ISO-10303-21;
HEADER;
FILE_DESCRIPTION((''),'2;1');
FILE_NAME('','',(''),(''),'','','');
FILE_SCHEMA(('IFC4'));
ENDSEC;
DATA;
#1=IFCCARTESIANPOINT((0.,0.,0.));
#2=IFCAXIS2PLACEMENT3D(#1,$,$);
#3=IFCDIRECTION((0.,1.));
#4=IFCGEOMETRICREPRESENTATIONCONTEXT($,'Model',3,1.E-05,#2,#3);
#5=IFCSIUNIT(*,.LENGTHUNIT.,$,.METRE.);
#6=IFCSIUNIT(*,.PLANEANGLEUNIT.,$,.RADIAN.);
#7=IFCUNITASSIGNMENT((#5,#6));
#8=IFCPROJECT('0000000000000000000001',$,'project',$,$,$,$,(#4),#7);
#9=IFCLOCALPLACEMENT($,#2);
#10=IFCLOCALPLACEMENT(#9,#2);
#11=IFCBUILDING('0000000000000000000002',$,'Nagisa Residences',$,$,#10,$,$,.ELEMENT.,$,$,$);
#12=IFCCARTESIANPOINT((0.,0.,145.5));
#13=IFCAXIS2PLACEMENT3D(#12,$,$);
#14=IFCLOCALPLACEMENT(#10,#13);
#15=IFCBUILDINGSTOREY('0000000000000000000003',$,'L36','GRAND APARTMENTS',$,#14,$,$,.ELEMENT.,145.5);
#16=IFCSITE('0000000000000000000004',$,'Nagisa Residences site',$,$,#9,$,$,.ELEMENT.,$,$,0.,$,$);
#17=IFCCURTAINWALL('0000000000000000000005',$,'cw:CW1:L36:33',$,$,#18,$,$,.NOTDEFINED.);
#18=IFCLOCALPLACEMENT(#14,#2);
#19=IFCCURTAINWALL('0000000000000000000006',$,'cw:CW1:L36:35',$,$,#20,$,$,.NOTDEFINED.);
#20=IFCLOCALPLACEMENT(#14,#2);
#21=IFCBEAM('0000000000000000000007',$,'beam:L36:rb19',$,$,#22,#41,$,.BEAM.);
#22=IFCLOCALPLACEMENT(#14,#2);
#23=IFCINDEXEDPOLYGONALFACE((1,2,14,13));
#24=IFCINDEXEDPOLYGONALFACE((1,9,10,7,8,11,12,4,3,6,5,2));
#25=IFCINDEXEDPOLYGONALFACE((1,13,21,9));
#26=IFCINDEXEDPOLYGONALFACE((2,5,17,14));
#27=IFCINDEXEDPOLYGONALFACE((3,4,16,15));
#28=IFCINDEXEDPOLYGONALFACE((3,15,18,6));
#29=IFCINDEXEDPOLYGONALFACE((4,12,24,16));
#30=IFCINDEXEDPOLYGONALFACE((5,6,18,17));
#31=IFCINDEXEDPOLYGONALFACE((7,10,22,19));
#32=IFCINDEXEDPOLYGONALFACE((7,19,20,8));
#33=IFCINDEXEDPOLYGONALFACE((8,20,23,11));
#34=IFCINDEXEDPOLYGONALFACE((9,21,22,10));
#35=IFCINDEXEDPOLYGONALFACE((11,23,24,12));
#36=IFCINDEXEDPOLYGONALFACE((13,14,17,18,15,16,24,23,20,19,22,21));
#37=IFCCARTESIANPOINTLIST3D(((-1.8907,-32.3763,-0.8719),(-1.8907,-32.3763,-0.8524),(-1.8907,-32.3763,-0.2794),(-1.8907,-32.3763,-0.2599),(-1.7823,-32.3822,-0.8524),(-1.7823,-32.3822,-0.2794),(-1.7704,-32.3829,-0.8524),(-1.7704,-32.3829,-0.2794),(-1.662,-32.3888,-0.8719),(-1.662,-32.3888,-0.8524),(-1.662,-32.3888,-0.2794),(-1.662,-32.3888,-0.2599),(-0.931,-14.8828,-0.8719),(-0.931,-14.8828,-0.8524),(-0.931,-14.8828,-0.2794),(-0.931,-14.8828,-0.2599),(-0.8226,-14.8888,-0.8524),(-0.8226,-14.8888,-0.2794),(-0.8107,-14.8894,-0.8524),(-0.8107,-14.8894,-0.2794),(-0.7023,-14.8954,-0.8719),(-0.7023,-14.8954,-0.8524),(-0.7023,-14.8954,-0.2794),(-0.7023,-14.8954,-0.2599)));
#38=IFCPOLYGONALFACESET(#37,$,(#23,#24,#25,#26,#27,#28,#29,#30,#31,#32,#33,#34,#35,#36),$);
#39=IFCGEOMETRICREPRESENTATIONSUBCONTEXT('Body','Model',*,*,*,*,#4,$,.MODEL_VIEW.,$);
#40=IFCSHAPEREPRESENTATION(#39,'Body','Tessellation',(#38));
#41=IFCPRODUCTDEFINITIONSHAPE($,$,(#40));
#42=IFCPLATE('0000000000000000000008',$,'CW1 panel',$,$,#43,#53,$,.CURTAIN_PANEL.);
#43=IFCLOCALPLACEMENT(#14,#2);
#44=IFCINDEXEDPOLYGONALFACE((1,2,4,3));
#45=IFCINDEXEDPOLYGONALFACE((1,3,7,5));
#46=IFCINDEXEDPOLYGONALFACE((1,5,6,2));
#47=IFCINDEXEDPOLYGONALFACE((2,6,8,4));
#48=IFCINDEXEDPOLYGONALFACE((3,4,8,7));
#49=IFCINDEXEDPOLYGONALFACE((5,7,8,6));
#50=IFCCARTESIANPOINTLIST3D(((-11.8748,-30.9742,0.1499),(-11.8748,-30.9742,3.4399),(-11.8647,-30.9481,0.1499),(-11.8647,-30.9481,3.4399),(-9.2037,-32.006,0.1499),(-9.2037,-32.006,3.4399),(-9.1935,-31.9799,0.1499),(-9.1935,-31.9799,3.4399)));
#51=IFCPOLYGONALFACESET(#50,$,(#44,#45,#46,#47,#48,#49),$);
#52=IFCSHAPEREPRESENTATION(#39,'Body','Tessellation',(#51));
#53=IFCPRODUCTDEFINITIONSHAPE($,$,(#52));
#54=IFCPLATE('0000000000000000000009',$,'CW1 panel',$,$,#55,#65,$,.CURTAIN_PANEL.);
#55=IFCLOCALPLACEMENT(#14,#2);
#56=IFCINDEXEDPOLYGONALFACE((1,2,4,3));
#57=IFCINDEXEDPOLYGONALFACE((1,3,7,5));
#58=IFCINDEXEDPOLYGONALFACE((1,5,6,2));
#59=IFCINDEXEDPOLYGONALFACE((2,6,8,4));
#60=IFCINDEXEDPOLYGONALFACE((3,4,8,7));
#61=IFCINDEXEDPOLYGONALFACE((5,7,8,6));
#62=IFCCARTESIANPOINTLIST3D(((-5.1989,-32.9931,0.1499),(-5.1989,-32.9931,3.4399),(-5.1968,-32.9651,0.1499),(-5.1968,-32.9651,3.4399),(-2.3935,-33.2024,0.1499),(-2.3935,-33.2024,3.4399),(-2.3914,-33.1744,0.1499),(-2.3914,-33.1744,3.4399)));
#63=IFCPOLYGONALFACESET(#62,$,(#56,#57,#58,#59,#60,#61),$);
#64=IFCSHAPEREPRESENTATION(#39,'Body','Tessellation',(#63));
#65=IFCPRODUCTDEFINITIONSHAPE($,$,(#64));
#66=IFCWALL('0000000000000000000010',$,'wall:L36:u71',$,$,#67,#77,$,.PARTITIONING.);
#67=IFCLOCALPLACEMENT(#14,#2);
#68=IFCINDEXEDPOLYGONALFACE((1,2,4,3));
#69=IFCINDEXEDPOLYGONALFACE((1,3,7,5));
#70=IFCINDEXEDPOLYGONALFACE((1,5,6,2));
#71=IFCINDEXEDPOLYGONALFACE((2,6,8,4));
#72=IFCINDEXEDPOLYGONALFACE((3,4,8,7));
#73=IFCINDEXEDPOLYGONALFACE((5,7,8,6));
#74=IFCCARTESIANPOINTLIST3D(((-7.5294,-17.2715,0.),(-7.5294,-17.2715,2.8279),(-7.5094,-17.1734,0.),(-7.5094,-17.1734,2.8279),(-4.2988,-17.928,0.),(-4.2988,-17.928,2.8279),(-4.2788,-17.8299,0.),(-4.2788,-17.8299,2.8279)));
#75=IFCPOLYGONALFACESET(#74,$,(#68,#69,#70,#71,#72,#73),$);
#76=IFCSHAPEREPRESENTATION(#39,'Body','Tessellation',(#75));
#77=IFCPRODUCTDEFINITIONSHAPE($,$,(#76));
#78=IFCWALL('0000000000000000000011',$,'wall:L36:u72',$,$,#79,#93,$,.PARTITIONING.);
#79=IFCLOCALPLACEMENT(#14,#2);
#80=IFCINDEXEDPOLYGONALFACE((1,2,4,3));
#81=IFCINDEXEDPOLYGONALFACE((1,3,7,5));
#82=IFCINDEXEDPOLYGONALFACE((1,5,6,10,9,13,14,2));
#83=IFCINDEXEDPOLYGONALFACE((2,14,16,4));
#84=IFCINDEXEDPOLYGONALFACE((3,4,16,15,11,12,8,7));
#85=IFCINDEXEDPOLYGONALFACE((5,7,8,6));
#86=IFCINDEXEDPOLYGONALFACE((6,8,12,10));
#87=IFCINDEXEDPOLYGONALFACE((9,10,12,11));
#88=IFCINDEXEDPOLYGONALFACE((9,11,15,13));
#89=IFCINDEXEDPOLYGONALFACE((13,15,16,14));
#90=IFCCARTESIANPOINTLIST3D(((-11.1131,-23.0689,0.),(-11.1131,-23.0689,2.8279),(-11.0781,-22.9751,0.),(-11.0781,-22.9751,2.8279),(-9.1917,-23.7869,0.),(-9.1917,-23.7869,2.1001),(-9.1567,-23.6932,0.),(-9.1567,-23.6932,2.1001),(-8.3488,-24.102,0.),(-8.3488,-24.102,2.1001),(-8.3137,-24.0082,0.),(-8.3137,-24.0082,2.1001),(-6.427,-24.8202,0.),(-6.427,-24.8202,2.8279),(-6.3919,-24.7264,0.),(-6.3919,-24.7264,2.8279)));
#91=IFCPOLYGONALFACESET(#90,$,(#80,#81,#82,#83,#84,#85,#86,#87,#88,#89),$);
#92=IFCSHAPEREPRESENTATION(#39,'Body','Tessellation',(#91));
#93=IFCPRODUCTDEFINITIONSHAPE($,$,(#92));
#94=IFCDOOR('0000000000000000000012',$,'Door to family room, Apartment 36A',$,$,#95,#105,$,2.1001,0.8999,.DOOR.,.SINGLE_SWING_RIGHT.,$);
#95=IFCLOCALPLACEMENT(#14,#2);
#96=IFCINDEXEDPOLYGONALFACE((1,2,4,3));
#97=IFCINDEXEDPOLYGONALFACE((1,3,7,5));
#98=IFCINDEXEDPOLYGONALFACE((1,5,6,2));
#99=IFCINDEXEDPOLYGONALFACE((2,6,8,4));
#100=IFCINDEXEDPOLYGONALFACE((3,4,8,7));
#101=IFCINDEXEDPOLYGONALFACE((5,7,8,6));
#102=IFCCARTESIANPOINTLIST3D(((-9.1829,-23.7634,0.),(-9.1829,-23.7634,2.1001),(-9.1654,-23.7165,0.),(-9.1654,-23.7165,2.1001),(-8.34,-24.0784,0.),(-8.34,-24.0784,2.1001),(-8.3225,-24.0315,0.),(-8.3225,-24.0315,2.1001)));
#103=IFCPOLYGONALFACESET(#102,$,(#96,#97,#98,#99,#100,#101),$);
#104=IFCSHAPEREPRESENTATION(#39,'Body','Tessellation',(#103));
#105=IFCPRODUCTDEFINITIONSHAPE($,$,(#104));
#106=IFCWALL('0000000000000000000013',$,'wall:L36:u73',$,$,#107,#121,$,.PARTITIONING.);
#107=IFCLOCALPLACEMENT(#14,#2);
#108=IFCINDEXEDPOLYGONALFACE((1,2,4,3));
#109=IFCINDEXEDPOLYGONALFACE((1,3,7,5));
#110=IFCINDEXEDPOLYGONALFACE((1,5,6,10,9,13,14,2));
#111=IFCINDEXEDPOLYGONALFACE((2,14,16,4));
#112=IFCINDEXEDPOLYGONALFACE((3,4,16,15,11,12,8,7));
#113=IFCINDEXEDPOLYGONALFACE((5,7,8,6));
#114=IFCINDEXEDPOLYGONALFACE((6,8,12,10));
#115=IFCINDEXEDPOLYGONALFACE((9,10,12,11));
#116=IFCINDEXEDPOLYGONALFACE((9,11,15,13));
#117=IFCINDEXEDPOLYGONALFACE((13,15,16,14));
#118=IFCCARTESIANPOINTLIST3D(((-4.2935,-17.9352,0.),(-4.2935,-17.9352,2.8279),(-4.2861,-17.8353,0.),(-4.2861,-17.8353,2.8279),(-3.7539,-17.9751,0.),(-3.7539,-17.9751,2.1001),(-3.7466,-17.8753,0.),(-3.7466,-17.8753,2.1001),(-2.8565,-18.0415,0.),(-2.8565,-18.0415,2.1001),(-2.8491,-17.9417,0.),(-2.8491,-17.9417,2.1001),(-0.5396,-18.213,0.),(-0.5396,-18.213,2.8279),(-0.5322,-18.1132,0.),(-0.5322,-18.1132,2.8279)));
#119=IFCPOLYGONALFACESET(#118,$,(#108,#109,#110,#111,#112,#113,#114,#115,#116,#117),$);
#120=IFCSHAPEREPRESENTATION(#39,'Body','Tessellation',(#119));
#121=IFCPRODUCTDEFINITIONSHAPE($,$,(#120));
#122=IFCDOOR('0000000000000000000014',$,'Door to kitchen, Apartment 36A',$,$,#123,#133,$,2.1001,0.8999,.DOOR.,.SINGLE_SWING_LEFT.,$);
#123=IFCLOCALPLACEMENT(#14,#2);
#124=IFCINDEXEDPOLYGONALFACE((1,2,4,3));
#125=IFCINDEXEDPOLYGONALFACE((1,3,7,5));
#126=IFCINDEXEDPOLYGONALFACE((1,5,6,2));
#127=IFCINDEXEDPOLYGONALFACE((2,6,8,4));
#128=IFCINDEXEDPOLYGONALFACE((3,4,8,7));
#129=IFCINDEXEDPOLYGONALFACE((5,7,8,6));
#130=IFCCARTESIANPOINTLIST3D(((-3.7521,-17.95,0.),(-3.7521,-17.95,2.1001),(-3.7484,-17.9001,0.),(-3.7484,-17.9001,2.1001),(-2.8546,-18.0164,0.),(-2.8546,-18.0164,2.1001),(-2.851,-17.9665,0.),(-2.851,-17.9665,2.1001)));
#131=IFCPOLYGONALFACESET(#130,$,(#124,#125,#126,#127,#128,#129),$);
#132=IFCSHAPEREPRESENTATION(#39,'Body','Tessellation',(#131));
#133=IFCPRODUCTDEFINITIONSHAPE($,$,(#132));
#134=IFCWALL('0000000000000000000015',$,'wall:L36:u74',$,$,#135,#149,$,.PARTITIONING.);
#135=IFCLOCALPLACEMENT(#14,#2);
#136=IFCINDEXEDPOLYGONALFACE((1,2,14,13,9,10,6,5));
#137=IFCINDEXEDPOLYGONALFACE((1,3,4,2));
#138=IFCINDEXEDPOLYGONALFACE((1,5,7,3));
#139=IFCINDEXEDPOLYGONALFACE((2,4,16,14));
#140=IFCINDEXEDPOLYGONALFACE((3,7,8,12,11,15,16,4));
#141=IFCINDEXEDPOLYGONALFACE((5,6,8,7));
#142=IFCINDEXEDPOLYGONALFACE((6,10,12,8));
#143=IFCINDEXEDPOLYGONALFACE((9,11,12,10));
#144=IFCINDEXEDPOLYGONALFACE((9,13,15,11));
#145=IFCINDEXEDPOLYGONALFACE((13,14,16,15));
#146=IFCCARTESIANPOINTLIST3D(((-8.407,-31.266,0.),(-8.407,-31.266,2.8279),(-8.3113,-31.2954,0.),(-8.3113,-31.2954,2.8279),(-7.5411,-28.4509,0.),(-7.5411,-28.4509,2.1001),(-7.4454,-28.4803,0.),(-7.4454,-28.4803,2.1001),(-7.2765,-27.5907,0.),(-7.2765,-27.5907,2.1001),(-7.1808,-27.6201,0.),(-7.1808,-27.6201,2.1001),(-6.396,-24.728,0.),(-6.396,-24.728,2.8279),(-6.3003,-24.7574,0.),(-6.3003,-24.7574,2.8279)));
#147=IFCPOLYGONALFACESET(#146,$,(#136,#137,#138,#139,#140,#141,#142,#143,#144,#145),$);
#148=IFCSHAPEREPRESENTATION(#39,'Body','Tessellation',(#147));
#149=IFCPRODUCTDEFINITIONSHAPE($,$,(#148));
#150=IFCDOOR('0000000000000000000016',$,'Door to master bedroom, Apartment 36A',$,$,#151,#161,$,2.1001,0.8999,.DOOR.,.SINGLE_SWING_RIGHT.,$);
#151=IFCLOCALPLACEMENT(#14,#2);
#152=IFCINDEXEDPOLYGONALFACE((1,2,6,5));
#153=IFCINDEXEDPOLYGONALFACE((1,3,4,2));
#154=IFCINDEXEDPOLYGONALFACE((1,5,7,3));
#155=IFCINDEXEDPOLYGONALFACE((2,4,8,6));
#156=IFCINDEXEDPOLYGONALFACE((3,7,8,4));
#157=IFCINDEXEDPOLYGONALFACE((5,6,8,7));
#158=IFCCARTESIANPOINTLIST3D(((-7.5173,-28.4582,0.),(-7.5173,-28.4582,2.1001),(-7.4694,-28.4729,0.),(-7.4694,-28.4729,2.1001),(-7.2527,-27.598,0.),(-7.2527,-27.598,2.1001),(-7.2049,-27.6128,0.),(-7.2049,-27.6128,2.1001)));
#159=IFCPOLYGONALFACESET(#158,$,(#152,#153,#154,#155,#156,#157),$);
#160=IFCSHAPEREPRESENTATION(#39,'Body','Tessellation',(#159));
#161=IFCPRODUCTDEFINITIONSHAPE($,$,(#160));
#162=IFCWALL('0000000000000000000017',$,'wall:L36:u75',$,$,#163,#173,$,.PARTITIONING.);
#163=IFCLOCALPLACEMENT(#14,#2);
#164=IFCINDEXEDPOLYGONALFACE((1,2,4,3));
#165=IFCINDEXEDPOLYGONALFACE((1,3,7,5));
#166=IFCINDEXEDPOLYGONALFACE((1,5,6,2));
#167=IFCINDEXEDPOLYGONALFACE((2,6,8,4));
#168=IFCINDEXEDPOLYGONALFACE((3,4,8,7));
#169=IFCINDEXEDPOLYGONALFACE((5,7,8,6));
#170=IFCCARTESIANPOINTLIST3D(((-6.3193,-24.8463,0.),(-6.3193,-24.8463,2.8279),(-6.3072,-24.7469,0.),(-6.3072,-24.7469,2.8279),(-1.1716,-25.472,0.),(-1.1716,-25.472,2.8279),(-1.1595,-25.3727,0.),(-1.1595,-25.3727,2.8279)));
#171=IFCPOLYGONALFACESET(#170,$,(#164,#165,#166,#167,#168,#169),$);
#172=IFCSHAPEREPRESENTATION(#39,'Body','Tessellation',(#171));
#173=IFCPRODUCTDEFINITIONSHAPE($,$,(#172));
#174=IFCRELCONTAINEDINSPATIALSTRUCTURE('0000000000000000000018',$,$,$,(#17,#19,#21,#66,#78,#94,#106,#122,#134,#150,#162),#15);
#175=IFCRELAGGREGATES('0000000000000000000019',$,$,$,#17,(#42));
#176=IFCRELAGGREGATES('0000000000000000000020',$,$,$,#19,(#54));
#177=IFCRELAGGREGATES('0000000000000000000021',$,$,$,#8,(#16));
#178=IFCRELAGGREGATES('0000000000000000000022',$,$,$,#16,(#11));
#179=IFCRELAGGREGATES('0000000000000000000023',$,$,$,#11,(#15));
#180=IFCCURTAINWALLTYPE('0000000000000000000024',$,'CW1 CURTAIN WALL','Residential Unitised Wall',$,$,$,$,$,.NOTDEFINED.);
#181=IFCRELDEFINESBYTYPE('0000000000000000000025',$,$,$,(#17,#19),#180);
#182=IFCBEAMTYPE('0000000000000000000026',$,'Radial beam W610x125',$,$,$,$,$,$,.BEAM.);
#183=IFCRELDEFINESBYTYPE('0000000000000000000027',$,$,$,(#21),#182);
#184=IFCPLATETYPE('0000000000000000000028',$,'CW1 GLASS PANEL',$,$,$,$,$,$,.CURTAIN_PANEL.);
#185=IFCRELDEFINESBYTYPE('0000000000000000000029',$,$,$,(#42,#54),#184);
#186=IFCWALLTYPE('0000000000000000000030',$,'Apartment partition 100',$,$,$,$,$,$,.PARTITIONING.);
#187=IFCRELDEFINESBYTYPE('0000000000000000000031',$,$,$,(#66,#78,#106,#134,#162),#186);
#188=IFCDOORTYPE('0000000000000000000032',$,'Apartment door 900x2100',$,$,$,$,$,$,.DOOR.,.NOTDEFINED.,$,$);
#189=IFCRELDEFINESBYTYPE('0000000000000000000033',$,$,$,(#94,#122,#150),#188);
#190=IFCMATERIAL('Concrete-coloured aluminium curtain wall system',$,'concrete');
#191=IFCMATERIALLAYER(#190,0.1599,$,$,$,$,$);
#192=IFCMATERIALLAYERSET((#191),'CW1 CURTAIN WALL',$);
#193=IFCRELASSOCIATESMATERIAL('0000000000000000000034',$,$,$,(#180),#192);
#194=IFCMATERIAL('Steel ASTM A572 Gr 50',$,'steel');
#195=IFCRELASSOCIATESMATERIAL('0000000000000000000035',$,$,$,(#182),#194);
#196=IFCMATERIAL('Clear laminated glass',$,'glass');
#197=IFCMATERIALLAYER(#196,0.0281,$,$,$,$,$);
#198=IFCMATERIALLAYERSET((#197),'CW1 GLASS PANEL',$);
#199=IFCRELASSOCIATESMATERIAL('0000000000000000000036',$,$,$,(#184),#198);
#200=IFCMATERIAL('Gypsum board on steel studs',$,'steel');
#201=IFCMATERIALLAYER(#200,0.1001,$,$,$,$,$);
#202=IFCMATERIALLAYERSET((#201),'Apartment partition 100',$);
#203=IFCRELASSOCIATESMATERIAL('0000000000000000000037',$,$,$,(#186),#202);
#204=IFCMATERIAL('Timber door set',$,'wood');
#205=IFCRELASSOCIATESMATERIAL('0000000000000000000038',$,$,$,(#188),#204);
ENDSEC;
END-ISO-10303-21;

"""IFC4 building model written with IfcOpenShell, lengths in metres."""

from ifc_helpers import new_model, si_unit, direction, frame, frame_2d, origin, origin_2d, place, context, subcontext, project, spatial, rectangle, i_section, extrude, material, layer, layer_set, material_profile, profile_set, type_object, element, fill, aggregate, save


model = new_model("IFC4")

# Units and contexts
model_context = context("Model", 3, precision=1e-05, world=origin(), true_north=direction((0.0, 1.0)))
body_context = subcontext(model_context, "Body", "Model", "MODEL_VIEW")
ifc_project = project(units=[si_unit("LENGTHUNIT", "METRE"), si_unit("PLANEANGLEUNIT", "RADIAN")], contexts=[model_context])

# Site, building, storey
site_placement = place(None, origin())
site = spatial("IfcSite", under=ifc_project, at=site_placement, Name="Nagisa Residences site", CompositionType="ELEMENT", RefElevation=0.0)
building_placement = place(site_placement, origin())
building = spatial("IfcBuilding", under=site, at=building_placement, Name="Nagisa Residences", CompositionType="ELEMENT")
storey_placement = place(building_placement, frame((0.0, 0.0, 145.5)))
storey = spatial("IfcBuildingStorey", under=building, at=storey_placement, Name="L36", Description="GRAND APARTMENTS", CompositionType="ELEMENT", Elevation=145.5)

# Curtain walls
ifc_material_1 = material(Name="Concrete-coloured aluminium curtain wall system", Category="concrete")
ifc_layer_1 = layer(ifc_material_1, 0.1599)
ifc_layer_set_1 = layer_set([ifc_layer_1], Name="CW1 CURTAIN WALL")
curtain_wall_type = type_object("IfcCurtainWallType", Name="CW1 CURTAIN WALL", Description="Residential Unitised Wall", PredefinedType="NOTDEFINED", material=ifc_layer_set_1)
curtain_wall_1_placement = place(storey_placement, origin())
curtain_wall_1 = element("IfcCurtainWall", 1, at=curtain_wall_1_placement, inside=storey, type_object=curtain_wall_type, Name="cw:CW1:L36:33", PredefinedType="NOTDEFINED")
curtain_wall_2_placement = place(storey_placement, origin())
curtain_wall_2 = element("IfcCurtainWall", 2, at=curtain_wall_2_placement, inside=storey, type_object=curtain_wall_type, Name="cw:CW1:L36:35", PredefinedType="NOTDEFINED")

# Beam
ifc_material_2 = material(Name="Steel ASTM A572 Gr 50", Category="steel")
ifc_material_profile_1 = material_profile(ifc_material_2, i_section(OverallWidth=0.229, OverallDepth=0.6121, WebThickness=0.012, FlangeThickness=0.0195, at=origin_2d()), Name="W610x125")
ifc_profile_set_1 = profile_set([ifc_material_profile_1], Name="Steel ASTM A572 Gr 50")
beam_type_1 = type_object("IfcBeamType", Name="Radial beam W610x125", PredefinedType="BEAM", material=ifc_profile_set_1)
beam_1_placement = place(storey_placement, frame((-1.7764, -32.3826, -0.5659), z_axis=(0.054779, 0.998498, 0.0), x_axis=(-0.998498, 0.054779, 0.0)))
element("IfcBeam", 3, at=beam_1_placement, inside=storey, type_object=beam_type_1, Name="beam:L36:rb19", PredefinedType="BEAM", context=body_context, shape_type="SweptSolid", body=[
    extrude(i_section(OverallWidth=0.229, OverallDepth=0.6121, WebThickness=0.012, FlangeThickness=0.0195, at=origin_2d()), origin(), (0.0, 0.0, 1.0), 17.5198),
])

# Plates
ifc_material_3 = material(Name="Clear laminated glass", Category="glass")
ifc_layer_2 = layer(ifc_material_3, 0.0281)
ifc_layer_set_2 = layer_set([ifc_layer_2], Name="CW1 GLASS PANEL")
plate_type = type_object("IfcPlateType", Name="CW1 GLASS PANEL", PredefinedType="CURTAIN_PANEL", material=ifc_layer_set_2)
plate_1_placement = place(storey_placement, frame((-10.5342, -31.4771, 0.1499), z_axis=(0.0, 0.0, 1.0), x_axis=(0.932826, -0.360328, 0.0)))
plate_1 = element("IfcPlate", 4, at=plate_1_placement, type_object=plate_type, Name="CW1 panel", PredefinedType="CURTAIN_PANEL", context=body_context, shape_type="SweptSolid", body=[
    extrude(rectangle(XDim=2.8635, YDim=0.0281, at=origin_2d()), origin(), (0.0, 0.0, 1.0), 3.29),
])
aggregate(curtain_wall_1, [plate_1])
plate_2_placement = place(storey_placement, frame((-3.7952, -33.0837, 0.1499), z_axis=(0.0, 0.0, 1.0), x_axis=(0.99723, -0.074377, 0.0)))
plate_2 = element("IfcPlate", 5, at=plate_2_placement, type_object=plate_type, Name="CW1 panel", PredefinedType="CURTAIN_PANEL", context=body_context, shape_type="SweptSolid", body=[
    extrude(rectangle(XDim=2.8132, YDim=0.0281, at=origin_2d()), origin(), (0.0, 0.0, 1.0), 3.29),
])
aggregate(curtain_wall_2, [plate_2])

# Wall
ifc_material_4 = material(Name="Gypsum board on steel studs", Category="steel")
ifc_layer_3 = layer(ifc_material_4, 0.1001)
ifc_layer_set_3 = layer_set([ifc_layer_3], Name="Apartment partition 100")
wall_type_1 = type_object("IfcWallType", Name="Apartment partition 100", PredefinedType="PARTITIONING", material=ifc_layer_set_3)
wall_1_placement = place(storey_placement, frame((-7.5195, -17.2224, 0.0), z_axis=(0.0, 0.0, 1.0), x_axis=(0.979972, -0.199134, 0.0)))
element("IfcWall", 6, at=wall_1_placement, inside=storey, type_object=wall_type_1, Name="wall:L36:u71", PredefinedType="PARTITIONING", context=body_context, shape_type="SweptSolid", body=[
    extrude(rectangle(XDim=3.2966, YDim=0.1001, at=frame_2d((1.6484, 0.0))), origin(), (0.0, 0.0, 1.0), 2.8279),
])

# Walls, openings, doors
wall_2_placement = place(storey_placement, frame((-11.0957, -23.022, 0.0), z_axis=(0.0, 0.0, 1.0), x_axis=(0.936726, -0.350064, 0.0)))
wall_2 = element("IfcWall", 7, at=wall_2_placement, inside=storey, type_object=wall_type_1, Name="wall:L36:u72", PredefinedType="PARTITIONING", context=body_context, shape_type="SweptSolid", body=[
    extrude(rectangle(XDim=5.0027, YDim=0.1001, at=frame_2d((2.5015, 0.0))), origin(), (0.0, 0.0, 1.0), 2.8279),
])
opening_1_placement = place(wall_2_placement, frame((2.0513, 0.0, 0.0)))
opening_1 = element("IfcOpeningElement", 8, at=opening_1_placement, cuts=wall_2, PredefinedType="OPENING", context=body_context, shape_type="SweptSolid", body=[
    extrude(rectangle(XDim=0.8999, YDim=2.1001, at=frame_2d((0.45, 1.05))), frame((0.0, 0.0601, 0.0), z_axis=(0.0, -1.0, 0.0), x_axis=(1.0, 0.0, 0.0)), (0.0, 0.0, 1.0), 0.1201),
])
ifc_material_5 = material(Name="Timber door set", Category="wood")
door_type_1 = type_object("IfcDoorType", Name="Apartment door 900x2100", OperationType="NOTDEFINED", PredefinedType="DOOR", material=ifc_material_5)
door_1_placement = place(opening_1_placement, frame((0.8999, 0.0, 0.0), x_axis=(-1.0, 0.0, 0.0)))
door_1 = element("IfcDoor", 9, at=door_1_placement, inside=storey, type_object=door_type_1, Name="Door to family room, Apartment 36A", OperationType="SINGLE_SWING_RIGHT", OverallHeight=2.1001, OverallWidth=0.8999, PredefinedType="DOOR", context=body_context, shape_type="SweptSolid", body=[
    extrude(rectangle(XDim=0.8999, YDim=2.1001, at=frame_2d((0.45, 1.05))), frame((0.0, 0.0249, 0.0), z_axis=(0.0, -1.0, 0.0), x_axis=(1.0, 0.0, 0.0)), (0.0, 0.0, 1.0), 0.05),
])
fill(opening_1, door_1)
wall_3_placement = place(storey_placement, frame((-4.2898, -17.8853, 0.0), z_axis=(0.0, 0.0, 1.0), x_axis=(0.997272, -0.07381, 0.0)))
wall_3 = element("IfcWall", 10, at=wall_3_placement, inside=storey, type_object=wall_type_1, Name="wall:L36:u73", PredefinedType="PARTITIONING", context=body_context, shape_type="SweptSolid", body=[
    extrude(rectangle(XDim=3.7642, YDim=0.1001, at=frame_2d((1.8821, 0.0))), origin(), (0.0, 0.0, 1.0), 2.8279),
])
opening_2_placement = place(wall_3_placement, frame((0.541, 0.0, 0.0)))
opening_2 = element("IfcOpeningElement", 11, at=opening_2_placement, cuts=wall_3, PredefinedType="OPENING", context=body_context, shape_type="SweptSolid", body=[
    extrude(rectangle(XDim=0.8999, YDim=2.1001, at=frame_2d((0.45, 1.05))), frame((0.0, 0.0601, 0.0), z_axis=(0.0, -1.0, 0.0), x_axis=(1.0, 0.0, 0.0)), (0.0, 0.0, 1.0), 0.1201),
])
door_2_placement = place(opening_2_placement, frame((0.8999, 0.0, 0.0), x_axis=(-1.0, 0.0, 0.0)))
door_2 = element("IfcDoor", 12, at=door_2_placement, inside=storey, type_object=door_type_1, Name="Door to kitchen, Apartment 36A", OperationType="SINGLE_SWING_LEFT", OverallHeight=2.1001, OverallWidth=0.8999, PredefinedType="DOOR", context=body_context, shape_type="SweptSolid", body=[
    extrude(rectangle(XDim=0.8999, YDim=2.1001, at=frame_2d((0.45, 1.05))), frame((0.0, 0.0249, 0.0), z_axis=(0.0, -1.0, 0.0), x_axis=(1.0, 0.0, 0.0)), (0.0, 0.0, 1.0), 0.05),
])
fill(opening_2, door_2)
wall_4_placement = place(storey_placement, frame((-6.3481, -24.7427, 0.0), z_axis=(0.0, 0.0, 1.0), x_axis=(-0.293988, -0.955809, 0.0)))
wall_4 = element("IfcWall", 13, at=wall_4_placement, inside=storey, type_object=wall_type_1, Name="wall:L36:u74", PredefinedType="PARTITIONING", context=body_context, shape_type="SweptSolid", body=[
    extrude(rectangle(XDim=6.8403, YDim=0.1001, at=frame_2d((3.4202, 0.0))), origin(), (0.0, 0.0, 1.0), 2.8279),
])
opening_3_placement = place(wall_4_placement, frame((2.9951, 0.0, 0.0)))
opening_3 = element("IfcOpeningElement", 14, at=opening_3_placement, cuts=wall_4, PredefinedType="OPENING", context=body_context, shape_type="SweptSolid", body=[
    extrude(rectangle(XDim=0.8999, YDim=2.1001, at=frame_2d((0.45, 1.05))), frame((0.0, 0.0601, 0.0), z_axis=(0.0, -1.0, 0.0), x_axis=(1.0, 0.0, 0.0)), (0.0, 0.0, 1.0), 0.1201),
])
door_3_placement = place(opening_3_placement, origin())
door_3 = element("IfcDoor", 15, at=door_3_placement, inside=storey, type_object=door_type_1, Name="Door to master bedroom, Apartment 36A", OperationType="SINGLE_SWING_RIGHT", OverallHeight=2.1001, OverallWidth=0.8999, PredefinedType="DOOR", context=body_context, shape_type="SweptSolid", body=[
    extrude(rectangle(XDim=0.8999, YDim=2.1001, at=frame_2d((0.45, 1.05))), frame((0.0, 0.0249, 0.0), z_axis=(0.0, -1.0, 0.0), x_axis=(1.0, 0.0, 0.0)), (0.0, 0.0, 1.0), 0.05),
])
fill(opening_3, door_3)

# Wall
wall_5_placement = place(storey_placement, frame((-6.3132, -24.7966, 0.0), z_axis=(0.0, 0.0, 1.0), x_axis=(0.992693, -0.120667, 0.0)))
element("IfcWall", 16, at=wall_5_placement, inside=storey, type_object=wall_type_1, Name="wall:L36:u75", PredefinedType="PARTITIONING", context=body_context, shape_type="SweptSolid", body=[
    extrude(rectangle(XDim=5.1855, YDim=0.1001, at=frame_2d((2.5928, 0.0))), origin(), (0.0, 0.0, 1.0), 2.8279),
])

save(model, "model.ifc")
